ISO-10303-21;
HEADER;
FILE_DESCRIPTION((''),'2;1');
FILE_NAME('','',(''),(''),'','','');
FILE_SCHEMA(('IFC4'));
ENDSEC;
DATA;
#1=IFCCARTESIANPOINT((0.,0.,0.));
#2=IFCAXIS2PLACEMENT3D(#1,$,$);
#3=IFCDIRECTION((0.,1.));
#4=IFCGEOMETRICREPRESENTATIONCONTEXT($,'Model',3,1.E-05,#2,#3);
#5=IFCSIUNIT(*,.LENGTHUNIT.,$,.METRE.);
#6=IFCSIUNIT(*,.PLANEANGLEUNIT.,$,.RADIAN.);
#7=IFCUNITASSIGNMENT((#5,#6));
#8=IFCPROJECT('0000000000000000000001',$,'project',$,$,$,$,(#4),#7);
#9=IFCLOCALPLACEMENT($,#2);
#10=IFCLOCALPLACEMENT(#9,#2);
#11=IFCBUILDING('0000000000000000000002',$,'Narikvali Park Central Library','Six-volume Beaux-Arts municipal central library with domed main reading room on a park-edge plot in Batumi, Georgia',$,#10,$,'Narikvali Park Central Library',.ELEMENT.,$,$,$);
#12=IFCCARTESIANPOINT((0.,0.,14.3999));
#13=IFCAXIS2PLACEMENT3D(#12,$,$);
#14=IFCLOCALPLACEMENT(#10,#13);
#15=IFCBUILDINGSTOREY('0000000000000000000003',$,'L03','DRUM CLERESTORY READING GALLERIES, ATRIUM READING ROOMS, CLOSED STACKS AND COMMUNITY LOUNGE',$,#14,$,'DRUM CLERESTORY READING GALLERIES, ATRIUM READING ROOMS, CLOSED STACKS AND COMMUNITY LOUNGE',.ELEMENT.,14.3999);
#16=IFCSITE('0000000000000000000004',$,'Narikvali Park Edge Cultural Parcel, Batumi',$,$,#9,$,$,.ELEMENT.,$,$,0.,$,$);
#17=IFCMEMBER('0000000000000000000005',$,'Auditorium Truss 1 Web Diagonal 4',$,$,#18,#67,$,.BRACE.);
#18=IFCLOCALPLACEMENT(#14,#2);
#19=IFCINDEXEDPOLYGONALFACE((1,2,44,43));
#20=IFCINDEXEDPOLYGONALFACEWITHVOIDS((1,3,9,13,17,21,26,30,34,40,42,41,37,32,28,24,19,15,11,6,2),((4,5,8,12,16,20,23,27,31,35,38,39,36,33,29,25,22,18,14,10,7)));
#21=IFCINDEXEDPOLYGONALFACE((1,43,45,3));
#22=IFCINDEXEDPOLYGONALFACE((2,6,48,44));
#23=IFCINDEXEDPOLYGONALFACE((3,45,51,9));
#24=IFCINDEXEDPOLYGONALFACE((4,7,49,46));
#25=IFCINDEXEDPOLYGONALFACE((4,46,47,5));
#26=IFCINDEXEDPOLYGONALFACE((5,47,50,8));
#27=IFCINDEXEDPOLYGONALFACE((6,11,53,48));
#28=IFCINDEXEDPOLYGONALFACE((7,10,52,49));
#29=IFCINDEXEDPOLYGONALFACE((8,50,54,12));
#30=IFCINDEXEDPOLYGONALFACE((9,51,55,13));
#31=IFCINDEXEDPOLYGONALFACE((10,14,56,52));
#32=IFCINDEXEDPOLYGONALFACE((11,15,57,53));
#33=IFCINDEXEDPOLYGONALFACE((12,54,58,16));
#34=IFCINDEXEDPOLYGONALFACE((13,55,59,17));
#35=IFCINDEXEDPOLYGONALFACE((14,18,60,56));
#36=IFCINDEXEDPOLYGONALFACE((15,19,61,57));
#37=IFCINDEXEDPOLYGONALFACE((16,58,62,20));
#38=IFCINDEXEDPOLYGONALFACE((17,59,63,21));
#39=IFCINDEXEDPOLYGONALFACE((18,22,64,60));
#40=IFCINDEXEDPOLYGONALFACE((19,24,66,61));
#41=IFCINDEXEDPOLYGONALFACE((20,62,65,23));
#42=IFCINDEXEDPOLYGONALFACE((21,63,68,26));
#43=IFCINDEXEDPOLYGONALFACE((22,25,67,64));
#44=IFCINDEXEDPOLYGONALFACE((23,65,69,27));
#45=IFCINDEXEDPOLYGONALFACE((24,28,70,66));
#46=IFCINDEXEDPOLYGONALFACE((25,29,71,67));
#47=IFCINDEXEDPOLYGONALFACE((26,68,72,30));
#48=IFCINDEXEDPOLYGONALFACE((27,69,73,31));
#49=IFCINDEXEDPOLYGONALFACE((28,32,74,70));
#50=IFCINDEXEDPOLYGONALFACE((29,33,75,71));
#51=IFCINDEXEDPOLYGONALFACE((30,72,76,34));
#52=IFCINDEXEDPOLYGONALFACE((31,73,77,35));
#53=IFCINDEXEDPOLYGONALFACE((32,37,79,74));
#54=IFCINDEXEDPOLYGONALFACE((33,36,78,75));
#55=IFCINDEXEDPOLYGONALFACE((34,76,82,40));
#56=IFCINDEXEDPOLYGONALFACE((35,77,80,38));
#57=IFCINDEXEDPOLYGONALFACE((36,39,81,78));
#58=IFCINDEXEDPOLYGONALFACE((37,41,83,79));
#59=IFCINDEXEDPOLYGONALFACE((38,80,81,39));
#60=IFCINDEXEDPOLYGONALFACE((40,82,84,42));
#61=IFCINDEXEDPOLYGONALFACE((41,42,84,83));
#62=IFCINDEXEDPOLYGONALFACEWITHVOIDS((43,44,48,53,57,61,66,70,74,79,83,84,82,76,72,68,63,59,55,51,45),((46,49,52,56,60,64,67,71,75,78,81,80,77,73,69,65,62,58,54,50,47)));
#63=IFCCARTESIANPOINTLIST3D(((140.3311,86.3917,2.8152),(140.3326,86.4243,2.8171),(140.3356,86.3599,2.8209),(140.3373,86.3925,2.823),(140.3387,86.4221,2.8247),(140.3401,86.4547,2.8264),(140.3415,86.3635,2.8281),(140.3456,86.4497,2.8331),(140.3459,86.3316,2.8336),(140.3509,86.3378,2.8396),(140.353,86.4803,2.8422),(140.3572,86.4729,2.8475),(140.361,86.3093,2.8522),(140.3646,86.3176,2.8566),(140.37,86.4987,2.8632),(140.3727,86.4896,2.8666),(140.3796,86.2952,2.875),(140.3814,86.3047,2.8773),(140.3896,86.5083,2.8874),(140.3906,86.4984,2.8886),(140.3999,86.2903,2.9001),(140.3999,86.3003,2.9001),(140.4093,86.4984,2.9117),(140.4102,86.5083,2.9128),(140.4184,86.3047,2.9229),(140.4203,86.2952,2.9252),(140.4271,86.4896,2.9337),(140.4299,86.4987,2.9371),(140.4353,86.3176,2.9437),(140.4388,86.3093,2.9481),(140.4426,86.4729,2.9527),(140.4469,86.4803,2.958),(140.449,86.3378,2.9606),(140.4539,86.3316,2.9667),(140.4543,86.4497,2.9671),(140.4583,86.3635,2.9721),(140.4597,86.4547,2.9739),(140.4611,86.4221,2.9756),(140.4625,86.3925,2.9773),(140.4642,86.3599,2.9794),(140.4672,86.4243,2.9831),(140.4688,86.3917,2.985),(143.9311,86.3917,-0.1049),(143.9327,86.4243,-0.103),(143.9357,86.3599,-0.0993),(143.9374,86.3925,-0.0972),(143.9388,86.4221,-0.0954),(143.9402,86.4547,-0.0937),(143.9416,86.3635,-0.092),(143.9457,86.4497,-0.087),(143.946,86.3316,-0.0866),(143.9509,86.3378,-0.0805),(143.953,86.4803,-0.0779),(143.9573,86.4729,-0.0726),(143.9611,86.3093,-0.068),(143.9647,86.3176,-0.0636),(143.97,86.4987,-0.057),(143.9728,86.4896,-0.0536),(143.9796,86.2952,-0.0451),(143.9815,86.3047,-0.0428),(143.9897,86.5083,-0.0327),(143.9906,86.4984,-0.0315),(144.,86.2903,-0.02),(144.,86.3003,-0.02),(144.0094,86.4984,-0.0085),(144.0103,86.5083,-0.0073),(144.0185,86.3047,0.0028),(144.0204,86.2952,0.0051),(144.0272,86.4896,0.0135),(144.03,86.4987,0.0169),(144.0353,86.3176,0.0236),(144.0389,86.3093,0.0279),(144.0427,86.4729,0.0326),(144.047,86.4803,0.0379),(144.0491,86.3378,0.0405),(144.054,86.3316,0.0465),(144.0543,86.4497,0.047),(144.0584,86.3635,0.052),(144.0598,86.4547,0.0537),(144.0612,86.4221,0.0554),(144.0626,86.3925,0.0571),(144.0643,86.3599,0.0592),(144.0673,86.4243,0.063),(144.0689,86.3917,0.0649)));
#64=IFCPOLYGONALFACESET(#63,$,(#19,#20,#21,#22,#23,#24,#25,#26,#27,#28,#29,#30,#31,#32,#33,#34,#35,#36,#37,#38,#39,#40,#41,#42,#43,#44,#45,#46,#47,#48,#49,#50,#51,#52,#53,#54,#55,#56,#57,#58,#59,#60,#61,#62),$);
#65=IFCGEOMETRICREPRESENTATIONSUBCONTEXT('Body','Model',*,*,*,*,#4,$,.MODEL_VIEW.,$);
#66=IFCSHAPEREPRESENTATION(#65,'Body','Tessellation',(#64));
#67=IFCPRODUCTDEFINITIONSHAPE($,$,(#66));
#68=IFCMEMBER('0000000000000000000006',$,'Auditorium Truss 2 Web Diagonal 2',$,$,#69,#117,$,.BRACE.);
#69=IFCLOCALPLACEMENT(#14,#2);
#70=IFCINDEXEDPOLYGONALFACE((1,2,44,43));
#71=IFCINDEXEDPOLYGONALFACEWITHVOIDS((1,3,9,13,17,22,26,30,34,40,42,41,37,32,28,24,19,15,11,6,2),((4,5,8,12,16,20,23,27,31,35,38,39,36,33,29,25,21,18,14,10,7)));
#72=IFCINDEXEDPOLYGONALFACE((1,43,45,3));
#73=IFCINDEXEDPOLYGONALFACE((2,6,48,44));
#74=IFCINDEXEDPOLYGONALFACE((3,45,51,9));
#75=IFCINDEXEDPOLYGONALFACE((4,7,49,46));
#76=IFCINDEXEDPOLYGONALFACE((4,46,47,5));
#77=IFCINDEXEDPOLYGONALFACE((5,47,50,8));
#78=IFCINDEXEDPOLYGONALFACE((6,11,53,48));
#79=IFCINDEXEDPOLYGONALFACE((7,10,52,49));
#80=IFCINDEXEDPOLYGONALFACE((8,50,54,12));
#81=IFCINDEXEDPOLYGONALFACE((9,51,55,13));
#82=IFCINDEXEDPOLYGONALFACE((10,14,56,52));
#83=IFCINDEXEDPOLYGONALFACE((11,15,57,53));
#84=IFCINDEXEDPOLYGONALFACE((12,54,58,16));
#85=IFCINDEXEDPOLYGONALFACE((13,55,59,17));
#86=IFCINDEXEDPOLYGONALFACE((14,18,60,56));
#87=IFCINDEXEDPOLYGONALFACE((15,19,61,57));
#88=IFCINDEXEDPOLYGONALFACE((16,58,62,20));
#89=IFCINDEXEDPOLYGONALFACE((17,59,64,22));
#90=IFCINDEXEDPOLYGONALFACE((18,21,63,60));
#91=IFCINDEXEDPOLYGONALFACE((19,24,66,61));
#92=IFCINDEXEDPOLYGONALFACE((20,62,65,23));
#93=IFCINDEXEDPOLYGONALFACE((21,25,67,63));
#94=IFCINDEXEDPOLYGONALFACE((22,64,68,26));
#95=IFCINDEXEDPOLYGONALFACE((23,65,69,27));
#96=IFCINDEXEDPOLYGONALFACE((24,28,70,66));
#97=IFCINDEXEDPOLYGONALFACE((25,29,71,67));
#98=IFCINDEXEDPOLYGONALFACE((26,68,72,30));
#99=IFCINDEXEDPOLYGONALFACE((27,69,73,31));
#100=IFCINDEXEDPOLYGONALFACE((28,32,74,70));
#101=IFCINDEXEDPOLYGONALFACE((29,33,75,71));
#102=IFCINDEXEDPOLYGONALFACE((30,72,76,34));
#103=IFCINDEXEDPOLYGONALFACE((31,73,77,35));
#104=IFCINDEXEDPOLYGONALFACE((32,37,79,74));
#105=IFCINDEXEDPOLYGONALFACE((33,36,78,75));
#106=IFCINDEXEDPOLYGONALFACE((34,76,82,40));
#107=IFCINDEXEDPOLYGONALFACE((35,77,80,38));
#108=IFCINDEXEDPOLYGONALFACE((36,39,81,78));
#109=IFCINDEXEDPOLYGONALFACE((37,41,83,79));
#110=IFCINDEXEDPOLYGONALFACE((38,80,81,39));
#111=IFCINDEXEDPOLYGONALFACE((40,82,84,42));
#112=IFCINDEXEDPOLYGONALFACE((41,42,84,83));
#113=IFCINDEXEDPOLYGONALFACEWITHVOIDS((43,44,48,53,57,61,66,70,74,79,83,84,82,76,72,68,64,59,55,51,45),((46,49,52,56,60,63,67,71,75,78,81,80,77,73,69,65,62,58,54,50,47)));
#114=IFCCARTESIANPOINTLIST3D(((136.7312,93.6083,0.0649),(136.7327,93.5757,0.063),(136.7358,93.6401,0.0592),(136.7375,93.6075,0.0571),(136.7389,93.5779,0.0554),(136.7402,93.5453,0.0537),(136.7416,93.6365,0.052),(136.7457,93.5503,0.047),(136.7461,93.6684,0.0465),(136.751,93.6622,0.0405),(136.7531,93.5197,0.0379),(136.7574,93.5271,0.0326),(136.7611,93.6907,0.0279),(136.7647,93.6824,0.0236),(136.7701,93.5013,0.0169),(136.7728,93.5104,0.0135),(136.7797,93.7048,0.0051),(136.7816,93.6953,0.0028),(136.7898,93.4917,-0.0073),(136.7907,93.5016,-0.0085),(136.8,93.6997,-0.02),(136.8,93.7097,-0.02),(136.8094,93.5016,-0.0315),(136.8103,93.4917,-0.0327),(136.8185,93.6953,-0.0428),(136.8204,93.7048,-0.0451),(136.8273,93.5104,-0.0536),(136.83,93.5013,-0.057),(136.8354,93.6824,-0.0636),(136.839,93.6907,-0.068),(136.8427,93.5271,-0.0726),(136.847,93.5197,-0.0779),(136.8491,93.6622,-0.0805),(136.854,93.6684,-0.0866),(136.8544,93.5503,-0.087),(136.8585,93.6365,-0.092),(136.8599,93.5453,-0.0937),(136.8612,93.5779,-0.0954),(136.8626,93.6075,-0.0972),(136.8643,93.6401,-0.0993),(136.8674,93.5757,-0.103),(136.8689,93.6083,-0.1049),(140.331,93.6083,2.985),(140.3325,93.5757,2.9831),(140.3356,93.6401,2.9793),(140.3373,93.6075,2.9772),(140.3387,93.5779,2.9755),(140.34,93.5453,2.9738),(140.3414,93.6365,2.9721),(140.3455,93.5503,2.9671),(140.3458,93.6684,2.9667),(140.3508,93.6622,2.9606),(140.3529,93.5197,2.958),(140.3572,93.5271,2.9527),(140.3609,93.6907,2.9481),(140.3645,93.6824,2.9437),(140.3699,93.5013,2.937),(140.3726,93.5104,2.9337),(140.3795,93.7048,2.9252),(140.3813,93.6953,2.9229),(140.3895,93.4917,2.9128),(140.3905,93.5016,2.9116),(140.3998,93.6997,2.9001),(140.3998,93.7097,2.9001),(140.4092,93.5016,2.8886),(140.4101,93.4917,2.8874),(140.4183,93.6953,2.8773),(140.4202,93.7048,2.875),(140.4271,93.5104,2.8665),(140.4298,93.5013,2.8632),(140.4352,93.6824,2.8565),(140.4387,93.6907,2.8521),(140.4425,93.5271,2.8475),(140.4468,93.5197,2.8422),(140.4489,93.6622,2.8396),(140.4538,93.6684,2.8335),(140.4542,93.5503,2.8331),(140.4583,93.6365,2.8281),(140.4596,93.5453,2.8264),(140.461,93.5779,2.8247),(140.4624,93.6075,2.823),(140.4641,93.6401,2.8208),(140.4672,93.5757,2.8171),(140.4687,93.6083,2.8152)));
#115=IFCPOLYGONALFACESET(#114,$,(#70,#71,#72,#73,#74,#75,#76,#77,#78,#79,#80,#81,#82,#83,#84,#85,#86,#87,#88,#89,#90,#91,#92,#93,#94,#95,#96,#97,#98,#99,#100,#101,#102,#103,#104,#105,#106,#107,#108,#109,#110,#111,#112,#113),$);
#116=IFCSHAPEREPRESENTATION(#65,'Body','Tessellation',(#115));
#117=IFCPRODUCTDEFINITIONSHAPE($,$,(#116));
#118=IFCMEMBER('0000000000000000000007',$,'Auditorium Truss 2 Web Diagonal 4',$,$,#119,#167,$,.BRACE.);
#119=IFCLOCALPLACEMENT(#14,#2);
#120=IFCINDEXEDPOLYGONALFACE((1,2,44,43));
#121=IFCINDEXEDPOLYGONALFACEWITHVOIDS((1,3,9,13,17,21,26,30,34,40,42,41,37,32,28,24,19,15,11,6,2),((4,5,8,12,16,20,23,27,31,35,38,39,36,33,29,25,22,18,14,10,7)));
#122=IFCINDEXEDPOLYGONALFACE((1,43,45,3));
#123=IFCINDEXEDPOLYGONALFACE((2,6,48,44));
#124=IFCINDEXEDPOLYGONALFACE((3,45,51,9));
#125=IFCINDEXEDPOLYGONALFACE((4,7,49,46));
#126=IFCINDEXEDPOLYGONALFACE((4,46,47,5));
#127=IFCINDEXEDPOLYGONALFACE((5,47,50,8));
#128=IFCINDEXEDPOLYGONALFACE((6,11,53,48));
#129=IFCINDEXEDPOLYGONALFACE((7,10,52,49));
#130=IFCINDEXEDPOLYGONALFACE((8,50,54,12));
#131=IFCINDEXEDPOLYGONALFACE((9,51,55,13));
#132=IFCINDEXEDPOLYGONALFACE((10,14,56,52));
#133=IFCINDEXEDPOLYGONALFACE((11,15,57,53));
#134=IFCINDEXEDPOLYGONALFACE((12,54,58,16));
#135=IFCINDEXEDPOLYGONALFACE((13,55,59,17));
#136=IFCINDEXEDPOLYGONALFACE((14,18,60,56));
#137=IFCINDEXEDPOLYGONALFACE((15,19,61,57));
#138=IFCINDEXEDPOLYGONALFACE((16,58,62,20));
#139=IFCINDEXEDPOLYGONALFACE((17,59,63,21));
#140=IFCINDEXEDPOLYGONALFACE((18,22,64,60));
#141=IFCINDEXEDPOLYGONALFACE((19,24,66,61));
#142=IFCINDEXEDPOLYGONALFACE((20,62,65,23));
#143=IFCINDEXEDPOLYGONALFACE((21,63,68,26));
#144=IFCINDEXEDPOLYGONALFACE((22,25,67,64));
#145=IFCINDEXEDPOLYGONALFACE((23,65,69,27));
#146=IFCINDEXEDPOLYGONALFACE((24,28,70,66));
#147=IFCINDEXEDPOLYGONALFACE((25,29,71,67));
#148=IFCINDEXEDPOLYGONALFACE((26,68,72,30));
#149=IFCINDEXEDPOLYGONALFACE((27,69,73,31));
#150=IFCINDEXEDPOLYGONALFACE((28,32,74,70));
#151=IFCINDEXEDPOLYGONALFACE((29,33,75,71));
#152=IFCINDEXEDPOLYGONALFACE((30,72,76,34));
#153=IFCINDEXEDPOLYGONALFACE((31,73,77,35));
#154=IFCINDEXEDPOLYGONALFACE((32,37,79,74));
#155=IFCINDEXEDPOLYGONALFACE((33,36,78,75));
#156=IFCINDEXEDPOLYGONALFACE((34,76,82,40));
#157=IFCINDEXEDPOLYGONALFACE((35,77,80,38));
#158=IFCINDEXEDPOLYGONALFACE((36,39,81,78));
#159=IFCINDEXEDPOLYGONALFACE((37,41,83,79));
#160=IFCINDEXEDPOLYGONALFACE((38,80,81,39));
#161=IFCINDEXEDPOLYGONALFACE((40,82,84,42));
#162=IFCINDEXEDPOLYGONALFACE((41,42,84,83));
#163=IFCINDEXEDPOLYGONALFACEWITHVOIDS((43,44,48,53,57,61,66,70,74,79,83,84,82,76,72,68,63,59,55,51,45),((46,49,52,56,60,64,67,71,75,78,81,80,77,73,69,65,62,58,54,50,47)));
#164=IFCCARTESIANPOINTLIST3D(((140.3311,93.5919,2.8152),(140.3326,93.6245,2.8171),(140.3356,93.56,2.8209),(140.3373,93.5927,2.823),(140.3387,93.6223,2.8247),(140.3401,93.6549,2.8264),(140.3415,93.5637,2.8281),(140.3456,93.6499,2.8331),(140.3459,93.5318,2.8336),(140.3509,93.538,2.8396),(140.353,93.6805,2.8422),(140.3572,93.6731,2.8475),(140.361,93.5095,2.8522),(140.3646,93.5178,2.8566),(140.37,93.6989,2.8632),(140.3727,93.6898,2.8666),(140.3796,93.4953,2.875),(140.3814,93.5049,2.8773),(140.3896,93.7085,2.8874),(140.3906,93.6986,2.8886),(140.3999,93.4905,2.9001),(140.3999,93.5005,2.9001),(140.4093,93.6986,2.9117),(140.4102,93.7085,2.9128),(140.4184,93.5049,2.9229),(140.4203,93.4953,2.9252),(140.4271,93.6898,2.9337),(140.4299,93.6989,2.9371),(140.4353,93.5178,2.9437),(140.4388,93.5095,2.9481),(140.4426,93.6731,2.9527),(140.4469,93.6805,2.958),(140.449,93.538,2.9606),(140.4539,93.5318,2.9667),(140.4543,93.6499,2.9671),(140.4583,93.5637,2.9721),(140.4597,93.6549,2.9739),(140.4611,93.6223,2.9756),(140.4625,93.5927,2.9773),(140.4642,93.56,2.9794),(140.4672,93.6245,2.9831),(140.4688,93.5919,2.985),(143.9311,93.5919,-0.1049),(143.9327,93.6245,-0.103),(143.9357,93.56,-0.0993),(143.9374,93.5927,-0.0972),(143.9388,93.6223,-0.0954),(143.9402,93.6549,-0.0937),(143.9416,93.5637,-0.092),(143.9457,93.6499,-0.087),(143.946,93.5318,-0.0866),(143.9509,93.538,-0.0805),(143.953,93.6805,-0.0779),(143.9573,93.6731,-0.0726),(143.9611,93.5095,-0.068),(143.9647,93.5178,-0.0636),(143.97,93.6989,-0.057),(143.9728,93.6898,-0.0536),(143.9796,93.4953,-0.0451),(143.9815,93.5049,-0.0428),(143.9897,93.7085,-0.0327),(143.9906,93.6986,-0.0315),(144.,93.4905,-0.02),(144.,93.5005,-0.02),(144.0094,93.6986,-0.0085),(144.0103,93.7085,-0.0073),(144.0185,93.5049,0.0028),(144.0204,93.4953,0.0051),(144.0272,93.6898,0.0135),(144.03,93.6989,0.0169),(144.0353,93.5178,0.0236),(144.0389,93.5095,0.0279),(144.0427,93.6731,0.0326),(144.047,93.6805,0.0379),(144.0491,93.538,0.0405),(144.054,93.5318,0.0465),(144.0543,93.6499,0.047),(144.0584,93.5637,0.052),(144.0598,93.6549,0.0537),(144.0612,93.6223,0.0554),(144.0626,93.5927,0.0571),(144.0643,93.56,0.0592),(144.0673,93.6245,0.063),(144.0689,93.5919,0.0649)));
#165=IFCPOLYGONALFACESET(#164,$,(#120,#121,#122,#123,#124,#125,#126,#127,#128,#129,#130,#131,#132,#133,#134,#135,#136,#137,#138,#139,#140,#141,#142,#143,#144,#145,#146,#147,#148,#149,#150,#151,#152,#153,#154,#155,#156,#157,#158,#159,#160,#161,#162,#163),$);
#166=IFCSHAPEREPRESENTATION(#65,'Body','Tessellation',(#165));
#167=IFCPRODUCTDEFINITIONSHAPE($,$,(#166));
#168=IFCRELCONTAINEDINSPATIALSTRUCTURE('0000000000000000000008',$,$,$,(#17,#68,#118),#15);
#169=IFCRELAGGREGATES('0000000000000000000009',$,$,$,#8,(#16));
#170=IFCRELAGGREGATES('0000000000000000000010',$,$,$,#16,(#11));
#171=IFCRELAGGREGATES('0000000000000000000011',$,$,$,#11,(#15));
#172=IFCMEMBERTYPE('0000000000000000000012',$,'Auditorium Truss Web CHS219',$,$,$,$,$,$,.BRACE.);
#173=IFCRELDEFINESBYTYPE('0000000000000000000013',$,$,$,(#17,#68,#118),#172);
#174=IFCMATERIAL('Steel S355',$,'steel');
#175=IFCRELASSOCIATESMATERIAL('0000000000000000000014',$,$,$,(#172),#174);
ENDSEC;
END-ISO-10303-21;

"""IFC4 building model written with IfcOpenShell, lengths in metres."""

from ifc_helpers import new_model, si_unit, direction, frame, origin, origin_2d, place, context, subcontext, project, spatial, hollow_circle, extrude, material, material_profile, profile_set, type_object, element, save


model = new_model("IFC4")

# Units and contexts
model_context = context("Model", 3, precision=1e-05, world=origin(), true_north=direction((0.0, 1.0)))
body_context = subcontext(model_context, "Body", "Model", "MODEL_VIEW")
ifc_project = project(units=[si_unit("LENGTHUNIT", "METRE"), si_unit("PLANEANGLEUNIT", "RADIAN")], contexts=[model_context])

# Site, building, storey
site_placement = place(None, origin())
site = spatial("IfcSite", under=ifc_project, at=site_placement, Name="Narikvali Park Edge Cultural Parcel, Batumi", CompositionType="ELEMENT", RefElevation=0.0)
building_placement = place(site_placement, origin())
building = spatial("IfcBuilding", under=site, at=building_placement, Name="Narikvali Park Central Library", Description="Six-volume Beaux-Arts municipal central library with domed main reading room on a park-edge plot in Batumi, Georgia", LongName="Narikvali Park Central Library", CompositionType="ELEMENT")
storey_placement = place(building_placement, frame((0.0, 0.0, 14.3999)))
storey = spatial("IfcBuildingStorey", under=building, at=storey_placement, Name="L03", Description="DRUM CLERESTORY READING GALLERIES, ATRIUM READING ROOMS, CLOSED STACKS AND COMMUNITY LOUNGE", LongName="DRUM CLERESTORY READING GALLERIES, ATRIUM READING ROOMS, CLOSED STACKS AND COMMUNITY LOUNGE", CompositionType="ELEMENT", Elevation=14.3999)

# Members
ifc_material_1 = material(Name="Steel S355", Category="steel")
ifc_material_profile_1 = material_profile(ifc_material_1, hollow_circle(Radius=0.1096, WallThickness=0.01, at=origin_2d()), Name="CHS 219.1x10")
ifc_profile_set_1 = profile_set([ifc_material_profile_1], Name="Steel S355")
member_type_1 = type_object("IfcMemberType", Name="Auditorium Truss Web CHS219", PredefinedType="BRACE", material=ifc_profile_set_1)
member_1_placement = place(storey_placement, frame((144.0, 86.3999, -0.02), z_axis=(-0.776632, 0.0, 0.629954), x_axis=(0.0, -1.0, 0.0)))
element("IfcMember", 1, at=member_1_placement, inside=storey, type_object=member_type_1, Name="Auditorium Truss 1 Web Diagonal 4", PredefinedType="BRACE", context=body_context, shape_type="SweptSolid", body=[
    extrude(hollow_circle(Radius=0.1096, WallThickness=0.01, at=origin_2d()), origin(), (0.0, 0.0, 1.0), 4.6355),
])
member_2_placement = place(storey_placement, frame((136.8, 93.6001, -0.02), z_axis=(0.776612, 0.0, 0.62998), x_axis=(0.0, 1.0, 0.0)))
element("IfcMember", 2, at=member_2_placement, inside=storey, type_object=member_type_1, Name="Auditorium Truss 2 Web Diagonal 2", PredefinedType="BRACE", context=body_context, shape_type="SweptSolid", body=[
    extrude(hollow_circle(Radius=0.1096, WallThickness=0.01, at=origin_2d()), origin(), (0.0, 0.0, 1.0), 4.6353),
])
member_3_placement = place(storey_placement, frame((144.0, 93.6001, -0.02), z_axis=(-0.776632, 0.0, 0.629954), x_axis=(0.0, -1.0, 0.0)))
element("IfcMember", 3, at=member_3_placement, inside=storey, type_object=member_type_1, Name="Auditorium Truss 2 Web Diagonal 4", PredefinedType="BRACE", context=body_context, shape_type="SweptSolid", body=[
    extrude(hollow_circle(Radius=0.1096, WallThickness=0.01, at=origin_2d()), origin(), (0.0, 0.0, 1.0), 4.6355),
])

save(model, "model.ifc")
